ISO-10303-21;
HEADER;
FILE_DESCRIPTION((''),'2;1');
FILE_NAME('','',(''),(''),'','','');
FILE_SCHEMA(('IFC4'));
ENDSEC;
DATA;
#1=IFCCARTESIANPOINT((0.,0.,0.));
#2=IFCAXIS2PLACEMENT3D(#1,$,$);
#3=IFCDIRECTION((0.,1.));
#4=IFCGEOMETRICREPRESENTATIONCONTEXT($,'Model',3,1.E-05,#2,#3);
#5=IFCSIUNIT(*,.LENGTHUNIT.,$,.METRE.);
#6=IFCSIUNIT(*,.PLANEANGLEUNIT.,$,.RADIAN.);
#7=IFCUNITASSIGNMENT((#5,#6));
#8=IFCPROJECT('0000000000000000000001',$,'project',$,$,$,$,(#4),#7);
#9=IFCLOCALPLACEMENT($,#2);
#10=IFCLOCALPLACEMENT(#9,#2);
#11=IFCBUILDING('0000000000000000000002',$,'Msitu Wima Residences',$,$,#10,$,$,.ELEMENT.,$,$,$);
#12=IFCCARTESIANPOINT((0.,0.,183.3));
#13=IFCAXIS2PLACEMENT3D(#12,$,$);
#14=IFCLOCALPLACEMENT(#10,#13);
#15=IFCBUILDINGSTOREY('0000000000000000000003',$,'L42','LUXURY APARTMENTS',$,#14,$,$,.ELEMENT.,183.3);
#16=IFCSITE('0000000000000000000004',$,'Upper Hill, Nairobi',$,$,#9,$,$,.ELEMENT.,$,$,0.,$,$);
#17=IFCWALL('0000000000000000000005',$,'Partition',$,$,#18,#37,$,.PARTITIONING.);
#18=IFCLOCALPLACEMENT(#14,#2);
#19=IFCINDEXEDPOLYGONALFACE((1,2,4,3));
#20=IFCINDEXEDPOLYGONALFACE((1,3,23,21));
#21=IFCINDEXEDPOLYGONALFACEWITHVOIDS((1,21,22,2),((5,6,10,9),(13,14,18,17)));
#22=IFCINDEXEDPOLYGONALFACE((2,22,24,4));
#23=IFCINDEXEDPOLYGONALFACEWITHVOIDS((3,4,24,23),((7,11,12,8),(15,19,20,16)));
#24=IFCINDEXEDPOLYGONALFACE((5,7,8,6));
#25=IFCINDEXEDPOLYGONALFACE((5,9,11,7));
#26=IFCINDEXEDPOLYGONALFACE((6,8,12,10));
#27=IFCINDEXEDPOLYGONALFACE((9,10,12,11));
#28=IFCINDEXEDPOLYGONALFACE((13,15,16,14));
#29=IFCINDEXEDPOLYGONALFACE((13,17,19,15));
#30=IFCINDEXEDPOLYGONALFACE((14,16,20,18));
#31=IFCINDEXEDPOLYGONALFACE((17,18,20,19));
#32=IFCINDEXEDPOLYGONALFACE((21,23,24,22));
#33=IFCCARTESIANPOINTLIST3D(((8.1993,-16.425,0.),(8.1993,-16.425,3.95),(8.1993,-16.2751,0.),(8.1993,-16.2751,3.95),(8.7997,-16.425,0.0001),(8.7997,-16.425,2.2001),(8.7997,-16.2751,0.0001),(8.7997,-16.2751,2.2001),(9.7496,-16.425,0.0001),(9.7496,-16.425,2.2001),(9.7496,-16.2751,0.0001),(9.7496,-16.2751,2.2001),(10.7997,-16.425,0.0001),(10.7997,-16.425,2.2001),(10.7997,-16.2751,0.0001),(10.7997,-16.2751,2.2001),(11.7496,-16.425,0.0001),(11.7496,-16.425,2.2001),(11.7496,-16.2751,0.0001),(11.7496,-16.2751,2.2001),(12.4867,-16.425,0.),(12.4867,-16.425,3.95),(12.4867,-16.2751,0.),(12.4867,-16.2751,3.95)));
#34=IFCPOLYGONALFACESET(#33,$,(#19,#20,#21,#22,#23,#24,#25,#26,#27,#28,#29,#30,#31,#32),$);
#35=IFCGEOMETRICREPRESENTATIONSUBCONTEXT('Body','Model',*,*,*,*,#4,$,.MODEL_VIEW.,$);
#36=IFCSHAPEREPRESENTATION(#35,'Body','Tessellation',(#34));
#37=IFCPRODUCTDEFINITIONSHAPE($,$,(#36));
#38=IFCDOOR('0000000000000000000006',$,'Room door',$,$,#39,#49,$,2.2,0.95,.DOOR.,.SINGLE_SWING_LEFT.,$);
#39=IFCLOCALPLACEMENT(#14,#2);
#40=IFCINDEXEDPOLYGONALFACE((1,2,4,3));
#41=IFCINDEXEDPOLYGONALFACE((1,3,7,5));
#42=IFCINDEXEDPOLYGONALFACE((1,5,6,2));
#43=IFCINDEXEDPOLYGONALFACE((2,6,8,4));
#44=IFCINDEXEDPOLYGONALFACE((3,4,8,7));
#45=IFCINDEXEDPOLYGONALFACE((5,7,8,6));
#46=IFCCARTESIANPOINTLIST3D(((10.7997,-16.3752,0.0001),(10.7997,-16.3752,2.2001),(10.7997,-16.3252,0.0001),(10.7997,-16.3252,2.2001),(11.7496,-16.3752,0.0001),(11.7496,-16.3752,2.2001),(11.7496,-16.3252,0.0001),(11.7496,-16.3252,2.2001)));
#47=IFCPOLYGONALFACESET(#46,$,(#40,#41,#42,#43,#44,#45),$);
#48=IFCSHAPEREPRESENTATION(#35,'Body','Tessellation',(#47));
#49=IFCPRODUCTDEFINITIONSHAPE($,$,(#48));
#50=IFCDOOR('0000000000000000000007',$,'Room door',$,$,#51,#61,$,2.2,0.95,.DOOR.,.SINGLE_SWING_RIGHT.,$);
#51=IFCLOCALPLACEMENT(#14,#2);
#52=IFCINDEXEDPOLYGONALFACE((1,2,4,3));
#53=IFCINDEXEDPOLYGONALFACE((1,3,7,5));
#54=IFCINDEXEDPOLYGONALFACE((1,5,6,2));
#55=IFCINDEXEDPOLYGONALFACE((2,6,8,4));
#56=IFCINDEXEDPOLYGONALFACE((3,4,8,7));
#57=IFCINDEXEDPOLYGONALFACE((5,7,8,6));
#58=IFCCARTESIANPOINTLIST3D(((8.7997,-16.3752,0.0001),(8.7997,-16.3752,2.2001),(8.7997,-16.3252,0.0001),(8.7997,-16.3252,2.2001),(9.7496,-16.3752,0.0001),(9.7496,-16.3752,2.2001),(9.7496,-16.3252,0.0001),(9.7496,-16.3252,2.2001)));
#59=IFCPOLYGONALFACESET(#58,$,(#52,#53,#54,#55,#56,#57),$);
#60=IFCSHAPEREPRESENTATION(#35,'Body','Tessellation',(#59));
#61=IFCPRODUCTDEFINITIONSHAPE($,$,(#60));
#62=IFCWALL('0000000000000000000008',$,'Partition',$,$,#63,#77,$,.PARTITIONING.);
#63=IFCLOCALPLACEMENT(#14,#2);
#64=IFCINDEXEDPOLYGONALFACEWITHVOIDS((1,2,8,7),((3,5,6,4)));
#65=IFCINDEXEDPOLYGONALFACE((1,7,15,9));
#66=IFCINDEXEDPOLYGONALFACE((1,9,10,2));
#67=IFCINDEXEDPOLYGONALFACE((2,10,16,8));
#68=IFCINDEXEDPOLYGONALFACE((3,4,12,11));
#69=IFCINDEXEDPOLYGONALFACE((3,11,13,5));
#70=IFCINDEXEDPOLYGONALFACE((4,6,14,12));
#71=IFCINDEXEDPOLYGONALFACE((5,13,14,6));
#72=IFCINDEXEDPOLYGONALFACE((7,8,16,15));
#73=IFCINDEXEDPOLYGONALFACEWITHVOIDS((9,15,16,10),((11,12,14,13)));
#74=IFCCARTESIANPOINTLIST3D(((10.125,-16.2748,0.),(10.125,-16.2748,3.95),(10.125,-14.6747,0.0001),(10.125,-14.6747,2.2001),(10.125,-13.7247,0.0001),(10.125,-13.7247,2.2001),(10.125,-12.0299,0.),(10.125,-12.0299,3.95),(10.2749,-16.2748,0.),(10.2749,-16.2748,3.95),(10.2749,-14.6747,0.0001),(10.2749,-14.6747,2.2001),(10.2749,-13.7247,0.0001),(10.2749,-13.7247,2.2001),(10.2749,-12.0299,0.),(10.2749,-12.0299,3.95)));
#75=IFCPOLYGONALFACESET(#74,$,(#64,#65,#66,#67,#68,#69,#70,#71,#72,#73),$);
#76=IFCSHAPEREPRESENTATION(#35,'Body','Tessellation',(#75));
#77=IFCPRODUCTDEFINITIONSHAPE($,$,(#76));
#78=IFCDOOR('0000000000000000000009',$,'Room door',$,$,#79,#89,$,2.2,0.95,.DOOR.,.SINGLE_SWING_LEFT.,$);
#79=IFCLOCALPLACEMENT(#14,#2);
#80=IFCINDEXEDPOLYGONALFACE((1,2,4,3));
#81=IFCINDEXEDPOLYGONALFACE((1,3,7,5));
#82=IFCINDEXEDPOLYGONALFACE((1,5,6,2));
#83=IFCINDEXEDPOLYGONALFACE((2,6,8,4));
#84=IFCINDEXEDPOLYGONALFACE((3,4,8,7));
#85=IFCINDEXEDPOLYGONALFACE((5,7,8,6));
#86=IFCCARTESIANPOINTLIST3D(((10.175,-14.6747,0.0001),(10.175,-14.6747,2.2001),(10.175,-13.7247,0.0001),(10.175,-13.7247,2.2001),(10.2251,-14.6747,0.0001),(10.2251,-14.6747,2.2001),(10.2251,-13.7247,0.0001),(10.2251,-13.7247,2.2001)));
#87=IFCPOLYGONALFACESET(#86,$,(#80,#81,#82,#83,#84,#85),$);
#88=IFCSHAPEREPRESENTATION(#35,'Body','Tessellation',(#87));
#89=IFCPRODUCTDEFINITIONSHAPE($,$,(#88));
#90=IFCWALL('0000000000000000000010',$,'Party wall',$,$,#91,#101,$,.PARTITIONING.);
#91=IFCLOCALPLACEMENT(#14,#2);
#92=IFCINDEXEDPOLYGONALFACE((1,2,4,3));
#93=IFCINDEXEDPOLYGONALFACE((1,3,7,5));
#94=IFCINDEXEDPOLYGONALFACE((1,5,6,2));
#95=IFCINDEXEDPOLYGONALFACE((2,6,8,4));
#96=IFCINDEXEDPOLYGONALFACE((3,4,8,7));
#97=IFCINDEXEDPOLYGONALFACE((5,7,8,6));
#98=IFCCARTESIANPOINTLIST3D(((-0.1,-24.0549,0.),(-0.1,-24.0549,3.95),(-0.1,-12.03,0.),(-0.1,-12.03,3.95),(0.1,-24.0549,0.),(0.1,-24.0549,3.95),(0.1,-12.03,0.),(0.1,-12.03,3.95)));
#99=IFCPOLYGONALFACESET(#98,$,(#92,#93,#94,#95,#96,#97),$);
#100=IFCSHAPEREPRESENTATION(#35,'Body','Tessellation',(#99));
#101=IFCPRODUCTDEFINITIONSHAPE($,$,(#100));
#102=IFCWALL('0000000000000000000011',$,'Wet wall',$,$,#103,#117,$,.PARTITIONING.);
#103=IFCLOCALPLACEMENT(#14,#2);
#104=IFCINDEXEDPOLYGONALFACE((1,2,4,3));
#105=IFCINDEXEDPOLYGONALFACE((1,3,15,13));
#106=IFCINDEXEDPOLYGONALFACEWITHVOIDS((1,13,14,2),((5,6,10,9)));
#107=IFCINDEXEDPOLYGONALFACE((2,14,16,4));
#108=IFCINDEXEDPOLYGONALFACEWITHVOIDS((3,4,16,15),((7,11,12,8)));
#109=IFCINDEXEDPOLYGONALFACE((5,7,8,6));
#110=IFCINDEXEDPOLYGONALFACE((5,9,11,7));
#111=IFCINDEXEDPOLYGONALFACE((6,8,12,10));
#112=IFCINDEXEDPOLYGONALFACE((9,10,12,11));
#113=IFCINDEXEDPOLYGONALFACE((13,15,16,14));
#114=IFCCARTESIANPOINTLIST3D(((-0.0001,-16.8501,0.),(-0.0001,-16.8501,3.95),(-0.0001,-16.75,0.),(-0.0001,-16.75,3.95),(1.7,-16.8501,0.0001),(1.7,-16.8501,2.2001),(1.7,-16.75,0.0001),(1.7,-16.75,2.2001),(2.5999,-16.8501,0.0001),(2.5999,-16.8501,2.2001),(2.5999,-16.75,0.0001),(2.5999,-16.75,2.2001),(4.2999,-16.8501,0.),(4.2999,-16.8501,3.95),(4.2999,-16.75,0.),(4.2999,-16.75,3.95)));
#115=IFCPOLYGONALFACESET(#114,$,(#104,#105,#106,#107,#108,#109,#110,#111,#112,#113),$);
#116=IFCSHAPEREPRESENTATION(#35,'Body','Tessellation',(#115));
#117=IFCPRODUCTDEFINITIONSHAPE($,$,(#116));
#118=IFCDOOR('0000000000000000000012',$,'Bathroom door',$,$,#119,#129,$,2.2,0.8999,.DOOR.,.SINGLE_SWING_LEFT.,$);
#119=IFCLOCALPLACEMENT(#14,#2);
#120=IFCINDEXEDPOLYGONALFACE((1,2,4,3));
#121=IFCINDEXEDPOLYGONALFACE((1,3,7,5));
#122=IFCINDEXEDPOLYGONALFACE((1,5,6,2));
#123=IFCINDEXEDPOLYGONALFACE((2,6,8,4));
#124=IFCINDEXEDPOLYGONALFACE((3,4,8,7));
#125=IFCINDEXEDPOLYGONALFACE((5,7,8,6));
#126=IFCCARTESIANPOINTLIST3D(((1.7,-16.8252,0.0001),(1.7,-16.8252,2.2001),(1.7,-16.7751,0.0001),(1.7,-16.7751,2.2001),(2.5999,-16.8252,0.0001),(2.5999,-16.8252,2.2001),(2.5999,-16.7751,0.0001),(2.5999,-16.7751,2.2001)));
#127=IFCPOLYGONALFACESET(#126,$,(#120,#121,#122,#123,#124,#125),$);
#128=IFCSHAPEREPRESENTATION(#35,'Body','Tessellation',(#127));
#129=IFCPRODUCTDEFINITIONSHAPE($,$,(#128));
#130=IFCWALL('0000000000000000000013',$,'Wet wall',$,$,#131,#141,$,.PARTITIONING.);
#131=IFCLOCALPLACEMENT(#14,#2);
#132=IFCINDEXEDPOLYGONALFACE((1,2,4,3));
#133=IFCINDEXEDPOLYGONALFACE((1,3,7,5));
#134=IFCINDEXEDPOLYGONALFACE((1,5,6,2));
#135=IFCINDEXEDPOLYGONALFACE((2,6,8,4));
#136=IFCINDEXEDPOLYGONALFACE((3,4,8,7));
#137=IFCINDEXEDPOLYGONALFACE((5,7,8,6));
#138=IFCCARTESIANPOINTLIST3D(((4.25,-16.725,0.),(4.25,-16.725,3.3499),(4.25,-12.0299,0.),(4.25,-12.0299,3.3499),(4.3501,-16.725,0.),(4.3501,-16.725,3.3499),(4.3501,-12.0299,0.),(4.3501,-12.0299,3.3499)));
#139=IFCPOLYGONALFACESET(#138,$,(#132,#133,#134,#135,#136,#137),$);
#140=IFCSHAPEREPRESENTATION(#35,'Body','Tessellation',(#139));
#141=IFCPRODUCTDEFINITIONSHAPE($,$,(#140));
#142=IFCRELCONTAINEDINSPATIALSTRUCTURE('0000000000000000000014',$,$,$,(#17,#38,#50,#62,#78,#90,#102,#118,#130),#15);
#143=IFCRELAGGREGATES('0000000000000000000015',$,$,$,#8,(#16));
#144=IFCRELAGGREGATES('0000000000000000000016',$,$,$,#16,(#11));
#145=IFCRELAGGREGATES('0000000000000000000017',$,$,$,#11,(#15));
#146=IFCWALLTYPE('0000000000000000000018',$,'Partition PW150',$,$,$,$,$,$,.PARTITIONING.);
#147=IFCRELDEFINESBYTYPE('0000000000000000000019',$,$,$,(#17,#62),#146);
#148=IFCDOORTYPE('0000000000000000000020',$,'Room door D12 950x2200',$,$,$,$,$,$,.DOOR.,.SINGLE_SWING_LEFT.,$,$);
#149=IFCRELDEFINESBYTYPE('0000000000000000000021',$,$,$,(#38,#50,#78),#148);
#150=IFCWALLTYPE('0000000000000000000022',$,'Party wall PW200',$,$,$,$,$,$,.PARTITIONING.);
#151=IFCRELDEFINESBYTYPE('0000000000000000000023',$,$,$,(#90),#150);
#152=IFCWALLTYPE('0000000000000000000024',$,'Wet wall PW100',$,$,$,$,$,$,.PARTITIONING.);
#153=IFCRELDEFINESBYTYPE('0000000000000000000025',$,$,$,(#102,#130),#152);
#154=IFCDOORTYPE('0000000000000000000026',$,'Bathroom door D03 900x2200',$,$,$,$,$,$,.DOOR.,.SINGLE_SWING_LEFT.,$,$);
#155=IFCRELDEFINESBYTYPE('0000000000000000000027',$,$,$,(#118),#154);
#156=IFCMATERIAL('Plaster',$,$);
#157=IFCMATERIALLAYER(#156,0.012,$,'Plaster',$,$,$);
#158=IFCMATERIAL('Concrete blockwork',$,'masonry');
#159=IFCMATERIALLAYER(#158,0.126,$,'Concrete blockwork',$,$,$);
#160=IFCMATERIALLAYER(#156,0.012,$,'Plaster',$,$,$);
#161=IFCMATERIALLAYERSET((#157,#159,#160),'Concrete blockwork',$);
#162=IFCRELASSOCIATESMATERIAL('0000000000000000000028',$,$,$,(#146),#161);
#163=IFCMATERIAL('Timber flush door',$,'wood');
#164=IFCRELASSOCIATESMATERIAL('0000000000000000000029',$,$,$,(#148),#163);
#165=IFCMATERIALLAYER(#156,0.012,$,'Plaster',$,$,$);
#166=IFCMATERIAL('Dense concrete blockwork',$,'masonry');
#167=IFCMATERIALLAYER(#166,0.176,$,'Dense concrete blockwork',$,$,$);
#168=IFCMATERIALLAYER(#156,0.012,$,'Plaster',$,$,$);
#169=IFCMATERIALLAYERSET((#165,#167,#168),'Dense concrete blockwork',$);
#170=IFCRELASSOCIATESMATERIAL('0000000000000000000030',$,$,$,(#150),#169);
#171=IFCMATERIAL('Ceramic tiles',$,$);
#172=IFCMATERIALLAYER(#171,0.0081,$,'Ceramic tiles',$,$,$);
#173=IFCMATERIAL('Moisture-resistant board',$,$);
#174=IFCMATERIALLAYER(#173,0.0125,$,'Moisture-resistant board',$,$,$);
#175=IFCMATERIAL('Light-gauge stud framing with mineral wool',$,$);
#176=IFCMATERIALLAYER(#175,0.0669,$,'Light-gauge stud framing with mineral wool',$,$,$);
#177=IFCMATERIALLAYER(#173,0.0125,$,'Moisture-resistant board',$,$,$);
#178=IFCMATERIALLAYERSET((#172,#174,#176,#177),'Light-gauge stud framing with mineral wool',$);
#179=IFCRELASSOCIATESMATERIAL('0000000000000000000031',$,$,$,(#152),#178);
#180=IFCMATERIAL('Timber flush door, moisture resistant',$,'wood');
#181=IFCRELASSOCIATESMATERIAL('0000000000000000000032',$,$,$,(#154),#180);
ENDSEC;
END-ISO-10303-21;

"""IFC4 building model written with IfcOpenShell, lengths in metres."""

from ifc_helpers import new_model, si_unit, direction, frame, frame_2d, origin, place, context, subcontext, project, spatial, rectangle, extrude, material, layer, layer_set, type_object, element, fill, save


model = new_model("IFC4")

# Units and contexts
model_context = context("Model", 3, precision=1e-05, world=origin(), true_north=direction((0.0, 1.0)))
body_context = subcontext(model_context, "Body", "Model", "MODEL_VIEW")
ifc_project = project(units=[si_unit("LENGTHUNIT", "METRE"), si_unit("PLANEANGLEUNIT", "RADIAN")], contexts=[model_context])

# Site, building, storey
site_placement = place(None, origin())
site = spatial("IfcSite", under=ifc_project, at=site_placement, Name="Upper Hill, Nairobi", CompositionType="ELEMENT", RefElevation=0.0)
building_placement = place(site_placement, origin())
building = spatial("IfcBuilding", under=site, at=building_placement, Name="Msitu Wima Residences", CompositionType="ELEMENT")
storey_placement = place(building_placement, frame((0.0, 0.0, 183.3)))
storey = spatial("IfcBuildingStorey", under=building, at=storey_placement, Name="L42", Description="LUXURY APARTMENTS", CompositionType="ELEMENT", Elevation=183.3)

# Shared definitions
ifc_material_1 = material(Name="Plaster")
ifc_layer_1 = layer(ifc_material_1, 0.012, Name="Plaster")
ifc_material_2 = material(Name="Concrete blockwork", Category="masonry")
ifc_layer_2 = layer(ifc_material_2, 0.126, Name="Concrete blockwork")
ifc_layer_3 = layer(ifc_material_1, 0.012, Name="Plaster")
ifc_layer_set_1 = layer_set([ifc_layer_1, ifc_layer_2, ifc_layer_3], Name="Concrete blockwork")
wall_type_1 = type_object("IfcWallType", Name="Partition PW150", PredefinedType="PARTITIONING", material=ifc_layer_set_1)
ifc_material_3 = material(Name="Timber flush door", Category="wood")
door_type_1 = type_object("IfcDoorType", Name="Room door D12 950x2200", OperationType="SINGLE_SWING_LEFT", PredefinedType="DOOR", material=ifc_material_3)

# Wall, openings, doors
wall_1_placement = place(storey_placement, frame((8.1995, -16.3501, 0.0), z_axis=(0.0, 0.0, 1.0), x_axis=(1.0, 0.0, 0.0)))
wall_1 = element("IfcWall", 1, at=wall_1_placement, inside=storey, type_object=wall_type_1, Name="Partition", PredefinedType="PARTITIONING", context=body_context, shape_type="SweptSolid", body=[
    extrude(rectangle(XDim=4.2874, YDim=0.1499, at=frame_2d((2.1436, 0.0))), origin(), (0.0, 0.0, 1.0), 3.95),
])
opening_1_placement = place(wall_1_placement, frame((2.6001, 0.0, 0.0)))
opening_1 = element("IfcOpeningElement", 2, at=opening_1_placement, cuts=wall_1, PredefinedType="OPENING", context=body_context, shape_type="SweptSolid", body=[
    extrude(rectangle(XDim=0.95, YDim=2.2, at=frame_2d((0.4751, 1.1001))), frame((0.0, 0.085, 0.0), z_axis=(0.0, -1.0, 0.0), x_axis=(1.0, 0.0, 0.0)), (0.0, 0.0, 1.0), 0.1699),
])
opening_2_placement = place(wall_1_placement, frame((0.6001, 0.0, 0.0)))
opening_2 = element("IfcOpeningElement", 3, at=opening_2_placement, cuts=wall_1, PredefinedType="OPENING", context=body_context, shape_type="SweptSolid", body=[
    extrude(rectangle(XDim=0.95, YDim=2.2, at=frame_2d((0.4751, 1.1001))), frame((0.0, 0.085, 0.0), z_axis=(0.0, -1.0, 0.0), x_axis=(1.0, 0.0, 0.0)), (0.0, 0.0, 1.0), 0.1699),
])
door_1_placement = place(opening_1_placement, origin())
door_1 = element("IfcDoor", 4, at=door_1_placement, inside=storey, type_object=door_type_1, Name="Room door", OperationType="SINGLE_SWING_LEFT", OverallHeight=2.2, OverallWidth=0.95, PredefinedType="DOOR", context=body_context, shape_type="SweptSolid", body=[
    extrude(rectangle(XDim=0.95, YDim=2.2, at=frame_2d((0.4751, 1.1001))), frame((0.0, 0.0249, 0.0), z_axis=(0.0, -1.0, 0.0), x_axis=(1.0, 0.0, 0.0)), (0.0, 0.0, 1.0), 0.05),
])
fill(opening_1, door_1)
door_2_placement = place(opening_2_placement, origin())
door_2 = element("IfcDoor", 5, at=door_2_placement, inside=storey, type_object=door_type_1, Name="Room door", OperationType="SINGLE_SWING_RIGHT", OverallHeight=2.2, OverallWidth=0.95, PredefinedType="DOOR", context=body_context, shape_type="SweptSolid", body=[
    extrude(rectangle(XDim=0.95, YDim=2.2, at=frame_2d((0.4751, 1.1001))), frame((0.0, 0.0249, 0.0), z_axis=(0.0, -1.0, 0.0), x_axis=(1.0, 0.0, 0.0)), (0.0, 0.0, 1.0), 0.05),
])
fill(opening_2, door_2)

# Wall, opening, door
wall_2_placement = place(storey_placement, frame((10.2, -16.2749, 0.0), z_axis=(0.0, 0.0, 1.0), x_axis=(0.0, 1.0, 0.0)))
wall_2 = element("IfcWall", 6, at=wall_2_placement, inside=storey, type_object=wall_type_1, Name="Partition", PredefinedType="PARTITIONING", context=body_context, shape_type="SweptSolid", body=[
    extrude(rectangle(XDim=4.2449, YDim=0.1499, at=frame_2d((2.1226, 0.0))), origin(), (0.0, 0.0, 1.0), 3.95),
])
opening_3_placement = place(wall_2_placement, frame((1.6001, 0.0, 0.0)))
opening_3 = element("IfcOpeningElement", 7, at=opening_3_placement, cuts=wall_2, PredefinedType="OPENING", context=body_context, shape_type="SweptSolid", body=[
    extrude(rectangle(XDim=0.95, YDim=2.2, at=frame_2d((0.4751, 1.1001))), frame((0.0, 0.085, 0.0), z_axis=(0.0, -1.0, 0.0), x_axis=(1.0, 0.0, 0.0)), (0.0, 0.0, 1.0), 0.1699),
])
door_3_placement = place(opening_3_placement, origin())
door_3 = element("IfcDoor", 8, at=door_3_placement, inside=storey, type_object=door_type_1, Name="Room door", OperationType="SINGLE_SWING_LEFT", OverallHeight=2.2, OverallWidth=0.95, PredefinedType="DOOR", context=body_context, shape_type="SweptSolid", body=[
    extrude(rectangle(XDim=0.95, YDim=2.2, at=frame_2d((0.4751, 1.1001))), frame((0.0, 0.0249, 0.0), z_axis=(0.0, -1.0, 0.0), x_axis=(1.0, 0.0, 0.0)), (0.0, 0.0, 1.0), 0.05),
])
fill(opening_3, door_3)

# Wall
ifc_layer_4 = layer(ifc_material_1, 0.012, Name="Plaster")
ifc_material_4 = material(Name="Dense concrete blockwork", Category="masonry")
ifc_layer_5 = layer(ifc_material_4, 0.176, Name="Dense concrete blockwork")
ifc_layer_6 = layer(ifc_material_1, 0.012, Name="Plaster")
ifc_layer_set_2 = layer_set([ifc_layer_4, ifc_layer_5, ifc_layer_6], Name="Dense concrete blockwork")
wall_type_2 = type_object("IfcWallType", Name="Party wall PW200", PredefinedType="PARTITIONING", material=ifc_layer_set_2)
wall_3_placement = place(storey_placement, frame((0.0, -24.0549, 0.0), z_axis=(0.0, 0.0, 1.0), x_axis=(0.0, 1.0, 0.0)))
element("IfcWall", 9, at=wall_3_placement, inside=storey, type_object=wall_type_2, Name="Party wall", PredefinedType="PARTITIONING", context=body_context, shape_type="SweptSolid", body=[
    extrude(rectangle(XDim=12.0249, YDim=0.2, at=frame_2d((6.0125, 0.0))), origin(), (0.0, 0.0, 1.0), 3.95),
])

# Wall, opening, door
ifc_material_5 = material(Name="Ceramic tiles")
ifc_layer_7 = layer(ifc_material_5, 0.0081, Name="Ceramic tiles")
ifc_material_6 = material(Name="Moisture-resistant board")
ifc_layer_8 = layer(ifc_material_6, 0.0125, Name="Moisture-resistant board")
ifc_material_7 = material(Name="Light-gauge stud framing with mineral wool")
ifc_layer_9 = layer(ifc_material_7, 0.0669, Name="Light-gauge stud framing with mineral wool")
ifc_layer_10 = layer(ifc_material_6, 0.0125, Name="Moisture-resistant board")
ifc_layer_set_3 = layer_set([ifc_layer_7, ifc_layer_8, ifc_layer_9, ifc_layer_10], Name="Light-gauge stud framing with mineral wool")
wall_type_3 = type_object("IfcWallType", Name="Wet wall PW100", PredefinedType="PARTITIONING", material=ifc_layer_set_3)
wall_4_placement = place(storey_placement, frame((0.0, -16.8, 0.0), z_axis=(0.0, 0.0, 1.0), x_axis=(1.0, 0.0, 0.0)))
wall_4 = element("IfcWall", 10, at=wall_4_placement, inside=storey, type_object=wall_type_3, Name="Wet wall", PredefinedType="PARTITIONING", context=body_context, shape_type="SweptSolid", body=[
    extrude(rectangle(XDim=4.3, YDim=0.1001, at=frame_2d((2.1499, 0.0))), origin(), (0.0, 0.0, 1.0), 3.95),
])
opening_4_placement = place(wall_4_placement, frame((1.7, 0.0, 0.0)))
opening_4 = element("IfcOpeningElement", 11, at=opening_4_placement, cuts=wall_4, PredefinedType="OPENING", context=body_context, shape_type="SweptSolid", body=[
    extrude(rectangle(XDim=0.8999, YDim=2.2, at=frame_2d((0.45, 1.1001))), frame((0.0, 0.0601, 0.0), z_axis=(0.0, -1.0, 0.0), x_axis=(1.0, 0.0, 0.0)), (0.0, 0.0, 1.0), 0.1201),
])
ifc_material_8 = material(Name="Timber flush door, moisture resistant", Category="wood")
door_type_2 = type_object("IfcDoorType", Name="Bathroom door D03 900x2200", OperationType="SINGLE_SWING_LEFT", PredefinedType="DOOR", material=ifc_material_8)
door_4_placement = place(opening_4_placement, origin())
door_4 = element("IfcDoor", 12, at=door_4_placement, inside=storey, type_object=door_type_2, Name="Bathroom door", OperationType="SINGLE_SWING_LEFT", OverallHeight=2.2, OverallWidth=0.8999, PredefinedType="DOOR", context=body_context, shape_type="SweptSolid", body=[
    extrude(rectangle(XDim=0.8999, YDim=2.2, at=frame_2d((0.45, 1.1001))), frame((0.0, 0.0249, 0.0), z_axis=(0.0, -1.0, 0.0), x_axis=(1.0, 0.0, 0.0)), (0.0, 0.0, 1.0), 0.05),
])
fill(opening_4, door_4)

# Wall
wall_5_placement = place(storey_placement, frame((4.3, -16.7251, 0.0), z_axis=(0.0, 0.0, 1.0), x_axis=(0.0, 1.0, 0.0)))
element("IfcWall", 13, at=wall_5_placement, inside=storey, type_object=wall_type_3, Name="Wet wall", PredefinedType="PARTITIONING", context=body_context, shape_type="SweptSolid", body=[
    extrude(rectangle(XDim=4.6951, YDim=0.1001, at=frame_2d((2.3477, 0.0))), origin(), (0.0, 0.0, 1.0), 3.3499),
])

save(model, "model.ifc")
